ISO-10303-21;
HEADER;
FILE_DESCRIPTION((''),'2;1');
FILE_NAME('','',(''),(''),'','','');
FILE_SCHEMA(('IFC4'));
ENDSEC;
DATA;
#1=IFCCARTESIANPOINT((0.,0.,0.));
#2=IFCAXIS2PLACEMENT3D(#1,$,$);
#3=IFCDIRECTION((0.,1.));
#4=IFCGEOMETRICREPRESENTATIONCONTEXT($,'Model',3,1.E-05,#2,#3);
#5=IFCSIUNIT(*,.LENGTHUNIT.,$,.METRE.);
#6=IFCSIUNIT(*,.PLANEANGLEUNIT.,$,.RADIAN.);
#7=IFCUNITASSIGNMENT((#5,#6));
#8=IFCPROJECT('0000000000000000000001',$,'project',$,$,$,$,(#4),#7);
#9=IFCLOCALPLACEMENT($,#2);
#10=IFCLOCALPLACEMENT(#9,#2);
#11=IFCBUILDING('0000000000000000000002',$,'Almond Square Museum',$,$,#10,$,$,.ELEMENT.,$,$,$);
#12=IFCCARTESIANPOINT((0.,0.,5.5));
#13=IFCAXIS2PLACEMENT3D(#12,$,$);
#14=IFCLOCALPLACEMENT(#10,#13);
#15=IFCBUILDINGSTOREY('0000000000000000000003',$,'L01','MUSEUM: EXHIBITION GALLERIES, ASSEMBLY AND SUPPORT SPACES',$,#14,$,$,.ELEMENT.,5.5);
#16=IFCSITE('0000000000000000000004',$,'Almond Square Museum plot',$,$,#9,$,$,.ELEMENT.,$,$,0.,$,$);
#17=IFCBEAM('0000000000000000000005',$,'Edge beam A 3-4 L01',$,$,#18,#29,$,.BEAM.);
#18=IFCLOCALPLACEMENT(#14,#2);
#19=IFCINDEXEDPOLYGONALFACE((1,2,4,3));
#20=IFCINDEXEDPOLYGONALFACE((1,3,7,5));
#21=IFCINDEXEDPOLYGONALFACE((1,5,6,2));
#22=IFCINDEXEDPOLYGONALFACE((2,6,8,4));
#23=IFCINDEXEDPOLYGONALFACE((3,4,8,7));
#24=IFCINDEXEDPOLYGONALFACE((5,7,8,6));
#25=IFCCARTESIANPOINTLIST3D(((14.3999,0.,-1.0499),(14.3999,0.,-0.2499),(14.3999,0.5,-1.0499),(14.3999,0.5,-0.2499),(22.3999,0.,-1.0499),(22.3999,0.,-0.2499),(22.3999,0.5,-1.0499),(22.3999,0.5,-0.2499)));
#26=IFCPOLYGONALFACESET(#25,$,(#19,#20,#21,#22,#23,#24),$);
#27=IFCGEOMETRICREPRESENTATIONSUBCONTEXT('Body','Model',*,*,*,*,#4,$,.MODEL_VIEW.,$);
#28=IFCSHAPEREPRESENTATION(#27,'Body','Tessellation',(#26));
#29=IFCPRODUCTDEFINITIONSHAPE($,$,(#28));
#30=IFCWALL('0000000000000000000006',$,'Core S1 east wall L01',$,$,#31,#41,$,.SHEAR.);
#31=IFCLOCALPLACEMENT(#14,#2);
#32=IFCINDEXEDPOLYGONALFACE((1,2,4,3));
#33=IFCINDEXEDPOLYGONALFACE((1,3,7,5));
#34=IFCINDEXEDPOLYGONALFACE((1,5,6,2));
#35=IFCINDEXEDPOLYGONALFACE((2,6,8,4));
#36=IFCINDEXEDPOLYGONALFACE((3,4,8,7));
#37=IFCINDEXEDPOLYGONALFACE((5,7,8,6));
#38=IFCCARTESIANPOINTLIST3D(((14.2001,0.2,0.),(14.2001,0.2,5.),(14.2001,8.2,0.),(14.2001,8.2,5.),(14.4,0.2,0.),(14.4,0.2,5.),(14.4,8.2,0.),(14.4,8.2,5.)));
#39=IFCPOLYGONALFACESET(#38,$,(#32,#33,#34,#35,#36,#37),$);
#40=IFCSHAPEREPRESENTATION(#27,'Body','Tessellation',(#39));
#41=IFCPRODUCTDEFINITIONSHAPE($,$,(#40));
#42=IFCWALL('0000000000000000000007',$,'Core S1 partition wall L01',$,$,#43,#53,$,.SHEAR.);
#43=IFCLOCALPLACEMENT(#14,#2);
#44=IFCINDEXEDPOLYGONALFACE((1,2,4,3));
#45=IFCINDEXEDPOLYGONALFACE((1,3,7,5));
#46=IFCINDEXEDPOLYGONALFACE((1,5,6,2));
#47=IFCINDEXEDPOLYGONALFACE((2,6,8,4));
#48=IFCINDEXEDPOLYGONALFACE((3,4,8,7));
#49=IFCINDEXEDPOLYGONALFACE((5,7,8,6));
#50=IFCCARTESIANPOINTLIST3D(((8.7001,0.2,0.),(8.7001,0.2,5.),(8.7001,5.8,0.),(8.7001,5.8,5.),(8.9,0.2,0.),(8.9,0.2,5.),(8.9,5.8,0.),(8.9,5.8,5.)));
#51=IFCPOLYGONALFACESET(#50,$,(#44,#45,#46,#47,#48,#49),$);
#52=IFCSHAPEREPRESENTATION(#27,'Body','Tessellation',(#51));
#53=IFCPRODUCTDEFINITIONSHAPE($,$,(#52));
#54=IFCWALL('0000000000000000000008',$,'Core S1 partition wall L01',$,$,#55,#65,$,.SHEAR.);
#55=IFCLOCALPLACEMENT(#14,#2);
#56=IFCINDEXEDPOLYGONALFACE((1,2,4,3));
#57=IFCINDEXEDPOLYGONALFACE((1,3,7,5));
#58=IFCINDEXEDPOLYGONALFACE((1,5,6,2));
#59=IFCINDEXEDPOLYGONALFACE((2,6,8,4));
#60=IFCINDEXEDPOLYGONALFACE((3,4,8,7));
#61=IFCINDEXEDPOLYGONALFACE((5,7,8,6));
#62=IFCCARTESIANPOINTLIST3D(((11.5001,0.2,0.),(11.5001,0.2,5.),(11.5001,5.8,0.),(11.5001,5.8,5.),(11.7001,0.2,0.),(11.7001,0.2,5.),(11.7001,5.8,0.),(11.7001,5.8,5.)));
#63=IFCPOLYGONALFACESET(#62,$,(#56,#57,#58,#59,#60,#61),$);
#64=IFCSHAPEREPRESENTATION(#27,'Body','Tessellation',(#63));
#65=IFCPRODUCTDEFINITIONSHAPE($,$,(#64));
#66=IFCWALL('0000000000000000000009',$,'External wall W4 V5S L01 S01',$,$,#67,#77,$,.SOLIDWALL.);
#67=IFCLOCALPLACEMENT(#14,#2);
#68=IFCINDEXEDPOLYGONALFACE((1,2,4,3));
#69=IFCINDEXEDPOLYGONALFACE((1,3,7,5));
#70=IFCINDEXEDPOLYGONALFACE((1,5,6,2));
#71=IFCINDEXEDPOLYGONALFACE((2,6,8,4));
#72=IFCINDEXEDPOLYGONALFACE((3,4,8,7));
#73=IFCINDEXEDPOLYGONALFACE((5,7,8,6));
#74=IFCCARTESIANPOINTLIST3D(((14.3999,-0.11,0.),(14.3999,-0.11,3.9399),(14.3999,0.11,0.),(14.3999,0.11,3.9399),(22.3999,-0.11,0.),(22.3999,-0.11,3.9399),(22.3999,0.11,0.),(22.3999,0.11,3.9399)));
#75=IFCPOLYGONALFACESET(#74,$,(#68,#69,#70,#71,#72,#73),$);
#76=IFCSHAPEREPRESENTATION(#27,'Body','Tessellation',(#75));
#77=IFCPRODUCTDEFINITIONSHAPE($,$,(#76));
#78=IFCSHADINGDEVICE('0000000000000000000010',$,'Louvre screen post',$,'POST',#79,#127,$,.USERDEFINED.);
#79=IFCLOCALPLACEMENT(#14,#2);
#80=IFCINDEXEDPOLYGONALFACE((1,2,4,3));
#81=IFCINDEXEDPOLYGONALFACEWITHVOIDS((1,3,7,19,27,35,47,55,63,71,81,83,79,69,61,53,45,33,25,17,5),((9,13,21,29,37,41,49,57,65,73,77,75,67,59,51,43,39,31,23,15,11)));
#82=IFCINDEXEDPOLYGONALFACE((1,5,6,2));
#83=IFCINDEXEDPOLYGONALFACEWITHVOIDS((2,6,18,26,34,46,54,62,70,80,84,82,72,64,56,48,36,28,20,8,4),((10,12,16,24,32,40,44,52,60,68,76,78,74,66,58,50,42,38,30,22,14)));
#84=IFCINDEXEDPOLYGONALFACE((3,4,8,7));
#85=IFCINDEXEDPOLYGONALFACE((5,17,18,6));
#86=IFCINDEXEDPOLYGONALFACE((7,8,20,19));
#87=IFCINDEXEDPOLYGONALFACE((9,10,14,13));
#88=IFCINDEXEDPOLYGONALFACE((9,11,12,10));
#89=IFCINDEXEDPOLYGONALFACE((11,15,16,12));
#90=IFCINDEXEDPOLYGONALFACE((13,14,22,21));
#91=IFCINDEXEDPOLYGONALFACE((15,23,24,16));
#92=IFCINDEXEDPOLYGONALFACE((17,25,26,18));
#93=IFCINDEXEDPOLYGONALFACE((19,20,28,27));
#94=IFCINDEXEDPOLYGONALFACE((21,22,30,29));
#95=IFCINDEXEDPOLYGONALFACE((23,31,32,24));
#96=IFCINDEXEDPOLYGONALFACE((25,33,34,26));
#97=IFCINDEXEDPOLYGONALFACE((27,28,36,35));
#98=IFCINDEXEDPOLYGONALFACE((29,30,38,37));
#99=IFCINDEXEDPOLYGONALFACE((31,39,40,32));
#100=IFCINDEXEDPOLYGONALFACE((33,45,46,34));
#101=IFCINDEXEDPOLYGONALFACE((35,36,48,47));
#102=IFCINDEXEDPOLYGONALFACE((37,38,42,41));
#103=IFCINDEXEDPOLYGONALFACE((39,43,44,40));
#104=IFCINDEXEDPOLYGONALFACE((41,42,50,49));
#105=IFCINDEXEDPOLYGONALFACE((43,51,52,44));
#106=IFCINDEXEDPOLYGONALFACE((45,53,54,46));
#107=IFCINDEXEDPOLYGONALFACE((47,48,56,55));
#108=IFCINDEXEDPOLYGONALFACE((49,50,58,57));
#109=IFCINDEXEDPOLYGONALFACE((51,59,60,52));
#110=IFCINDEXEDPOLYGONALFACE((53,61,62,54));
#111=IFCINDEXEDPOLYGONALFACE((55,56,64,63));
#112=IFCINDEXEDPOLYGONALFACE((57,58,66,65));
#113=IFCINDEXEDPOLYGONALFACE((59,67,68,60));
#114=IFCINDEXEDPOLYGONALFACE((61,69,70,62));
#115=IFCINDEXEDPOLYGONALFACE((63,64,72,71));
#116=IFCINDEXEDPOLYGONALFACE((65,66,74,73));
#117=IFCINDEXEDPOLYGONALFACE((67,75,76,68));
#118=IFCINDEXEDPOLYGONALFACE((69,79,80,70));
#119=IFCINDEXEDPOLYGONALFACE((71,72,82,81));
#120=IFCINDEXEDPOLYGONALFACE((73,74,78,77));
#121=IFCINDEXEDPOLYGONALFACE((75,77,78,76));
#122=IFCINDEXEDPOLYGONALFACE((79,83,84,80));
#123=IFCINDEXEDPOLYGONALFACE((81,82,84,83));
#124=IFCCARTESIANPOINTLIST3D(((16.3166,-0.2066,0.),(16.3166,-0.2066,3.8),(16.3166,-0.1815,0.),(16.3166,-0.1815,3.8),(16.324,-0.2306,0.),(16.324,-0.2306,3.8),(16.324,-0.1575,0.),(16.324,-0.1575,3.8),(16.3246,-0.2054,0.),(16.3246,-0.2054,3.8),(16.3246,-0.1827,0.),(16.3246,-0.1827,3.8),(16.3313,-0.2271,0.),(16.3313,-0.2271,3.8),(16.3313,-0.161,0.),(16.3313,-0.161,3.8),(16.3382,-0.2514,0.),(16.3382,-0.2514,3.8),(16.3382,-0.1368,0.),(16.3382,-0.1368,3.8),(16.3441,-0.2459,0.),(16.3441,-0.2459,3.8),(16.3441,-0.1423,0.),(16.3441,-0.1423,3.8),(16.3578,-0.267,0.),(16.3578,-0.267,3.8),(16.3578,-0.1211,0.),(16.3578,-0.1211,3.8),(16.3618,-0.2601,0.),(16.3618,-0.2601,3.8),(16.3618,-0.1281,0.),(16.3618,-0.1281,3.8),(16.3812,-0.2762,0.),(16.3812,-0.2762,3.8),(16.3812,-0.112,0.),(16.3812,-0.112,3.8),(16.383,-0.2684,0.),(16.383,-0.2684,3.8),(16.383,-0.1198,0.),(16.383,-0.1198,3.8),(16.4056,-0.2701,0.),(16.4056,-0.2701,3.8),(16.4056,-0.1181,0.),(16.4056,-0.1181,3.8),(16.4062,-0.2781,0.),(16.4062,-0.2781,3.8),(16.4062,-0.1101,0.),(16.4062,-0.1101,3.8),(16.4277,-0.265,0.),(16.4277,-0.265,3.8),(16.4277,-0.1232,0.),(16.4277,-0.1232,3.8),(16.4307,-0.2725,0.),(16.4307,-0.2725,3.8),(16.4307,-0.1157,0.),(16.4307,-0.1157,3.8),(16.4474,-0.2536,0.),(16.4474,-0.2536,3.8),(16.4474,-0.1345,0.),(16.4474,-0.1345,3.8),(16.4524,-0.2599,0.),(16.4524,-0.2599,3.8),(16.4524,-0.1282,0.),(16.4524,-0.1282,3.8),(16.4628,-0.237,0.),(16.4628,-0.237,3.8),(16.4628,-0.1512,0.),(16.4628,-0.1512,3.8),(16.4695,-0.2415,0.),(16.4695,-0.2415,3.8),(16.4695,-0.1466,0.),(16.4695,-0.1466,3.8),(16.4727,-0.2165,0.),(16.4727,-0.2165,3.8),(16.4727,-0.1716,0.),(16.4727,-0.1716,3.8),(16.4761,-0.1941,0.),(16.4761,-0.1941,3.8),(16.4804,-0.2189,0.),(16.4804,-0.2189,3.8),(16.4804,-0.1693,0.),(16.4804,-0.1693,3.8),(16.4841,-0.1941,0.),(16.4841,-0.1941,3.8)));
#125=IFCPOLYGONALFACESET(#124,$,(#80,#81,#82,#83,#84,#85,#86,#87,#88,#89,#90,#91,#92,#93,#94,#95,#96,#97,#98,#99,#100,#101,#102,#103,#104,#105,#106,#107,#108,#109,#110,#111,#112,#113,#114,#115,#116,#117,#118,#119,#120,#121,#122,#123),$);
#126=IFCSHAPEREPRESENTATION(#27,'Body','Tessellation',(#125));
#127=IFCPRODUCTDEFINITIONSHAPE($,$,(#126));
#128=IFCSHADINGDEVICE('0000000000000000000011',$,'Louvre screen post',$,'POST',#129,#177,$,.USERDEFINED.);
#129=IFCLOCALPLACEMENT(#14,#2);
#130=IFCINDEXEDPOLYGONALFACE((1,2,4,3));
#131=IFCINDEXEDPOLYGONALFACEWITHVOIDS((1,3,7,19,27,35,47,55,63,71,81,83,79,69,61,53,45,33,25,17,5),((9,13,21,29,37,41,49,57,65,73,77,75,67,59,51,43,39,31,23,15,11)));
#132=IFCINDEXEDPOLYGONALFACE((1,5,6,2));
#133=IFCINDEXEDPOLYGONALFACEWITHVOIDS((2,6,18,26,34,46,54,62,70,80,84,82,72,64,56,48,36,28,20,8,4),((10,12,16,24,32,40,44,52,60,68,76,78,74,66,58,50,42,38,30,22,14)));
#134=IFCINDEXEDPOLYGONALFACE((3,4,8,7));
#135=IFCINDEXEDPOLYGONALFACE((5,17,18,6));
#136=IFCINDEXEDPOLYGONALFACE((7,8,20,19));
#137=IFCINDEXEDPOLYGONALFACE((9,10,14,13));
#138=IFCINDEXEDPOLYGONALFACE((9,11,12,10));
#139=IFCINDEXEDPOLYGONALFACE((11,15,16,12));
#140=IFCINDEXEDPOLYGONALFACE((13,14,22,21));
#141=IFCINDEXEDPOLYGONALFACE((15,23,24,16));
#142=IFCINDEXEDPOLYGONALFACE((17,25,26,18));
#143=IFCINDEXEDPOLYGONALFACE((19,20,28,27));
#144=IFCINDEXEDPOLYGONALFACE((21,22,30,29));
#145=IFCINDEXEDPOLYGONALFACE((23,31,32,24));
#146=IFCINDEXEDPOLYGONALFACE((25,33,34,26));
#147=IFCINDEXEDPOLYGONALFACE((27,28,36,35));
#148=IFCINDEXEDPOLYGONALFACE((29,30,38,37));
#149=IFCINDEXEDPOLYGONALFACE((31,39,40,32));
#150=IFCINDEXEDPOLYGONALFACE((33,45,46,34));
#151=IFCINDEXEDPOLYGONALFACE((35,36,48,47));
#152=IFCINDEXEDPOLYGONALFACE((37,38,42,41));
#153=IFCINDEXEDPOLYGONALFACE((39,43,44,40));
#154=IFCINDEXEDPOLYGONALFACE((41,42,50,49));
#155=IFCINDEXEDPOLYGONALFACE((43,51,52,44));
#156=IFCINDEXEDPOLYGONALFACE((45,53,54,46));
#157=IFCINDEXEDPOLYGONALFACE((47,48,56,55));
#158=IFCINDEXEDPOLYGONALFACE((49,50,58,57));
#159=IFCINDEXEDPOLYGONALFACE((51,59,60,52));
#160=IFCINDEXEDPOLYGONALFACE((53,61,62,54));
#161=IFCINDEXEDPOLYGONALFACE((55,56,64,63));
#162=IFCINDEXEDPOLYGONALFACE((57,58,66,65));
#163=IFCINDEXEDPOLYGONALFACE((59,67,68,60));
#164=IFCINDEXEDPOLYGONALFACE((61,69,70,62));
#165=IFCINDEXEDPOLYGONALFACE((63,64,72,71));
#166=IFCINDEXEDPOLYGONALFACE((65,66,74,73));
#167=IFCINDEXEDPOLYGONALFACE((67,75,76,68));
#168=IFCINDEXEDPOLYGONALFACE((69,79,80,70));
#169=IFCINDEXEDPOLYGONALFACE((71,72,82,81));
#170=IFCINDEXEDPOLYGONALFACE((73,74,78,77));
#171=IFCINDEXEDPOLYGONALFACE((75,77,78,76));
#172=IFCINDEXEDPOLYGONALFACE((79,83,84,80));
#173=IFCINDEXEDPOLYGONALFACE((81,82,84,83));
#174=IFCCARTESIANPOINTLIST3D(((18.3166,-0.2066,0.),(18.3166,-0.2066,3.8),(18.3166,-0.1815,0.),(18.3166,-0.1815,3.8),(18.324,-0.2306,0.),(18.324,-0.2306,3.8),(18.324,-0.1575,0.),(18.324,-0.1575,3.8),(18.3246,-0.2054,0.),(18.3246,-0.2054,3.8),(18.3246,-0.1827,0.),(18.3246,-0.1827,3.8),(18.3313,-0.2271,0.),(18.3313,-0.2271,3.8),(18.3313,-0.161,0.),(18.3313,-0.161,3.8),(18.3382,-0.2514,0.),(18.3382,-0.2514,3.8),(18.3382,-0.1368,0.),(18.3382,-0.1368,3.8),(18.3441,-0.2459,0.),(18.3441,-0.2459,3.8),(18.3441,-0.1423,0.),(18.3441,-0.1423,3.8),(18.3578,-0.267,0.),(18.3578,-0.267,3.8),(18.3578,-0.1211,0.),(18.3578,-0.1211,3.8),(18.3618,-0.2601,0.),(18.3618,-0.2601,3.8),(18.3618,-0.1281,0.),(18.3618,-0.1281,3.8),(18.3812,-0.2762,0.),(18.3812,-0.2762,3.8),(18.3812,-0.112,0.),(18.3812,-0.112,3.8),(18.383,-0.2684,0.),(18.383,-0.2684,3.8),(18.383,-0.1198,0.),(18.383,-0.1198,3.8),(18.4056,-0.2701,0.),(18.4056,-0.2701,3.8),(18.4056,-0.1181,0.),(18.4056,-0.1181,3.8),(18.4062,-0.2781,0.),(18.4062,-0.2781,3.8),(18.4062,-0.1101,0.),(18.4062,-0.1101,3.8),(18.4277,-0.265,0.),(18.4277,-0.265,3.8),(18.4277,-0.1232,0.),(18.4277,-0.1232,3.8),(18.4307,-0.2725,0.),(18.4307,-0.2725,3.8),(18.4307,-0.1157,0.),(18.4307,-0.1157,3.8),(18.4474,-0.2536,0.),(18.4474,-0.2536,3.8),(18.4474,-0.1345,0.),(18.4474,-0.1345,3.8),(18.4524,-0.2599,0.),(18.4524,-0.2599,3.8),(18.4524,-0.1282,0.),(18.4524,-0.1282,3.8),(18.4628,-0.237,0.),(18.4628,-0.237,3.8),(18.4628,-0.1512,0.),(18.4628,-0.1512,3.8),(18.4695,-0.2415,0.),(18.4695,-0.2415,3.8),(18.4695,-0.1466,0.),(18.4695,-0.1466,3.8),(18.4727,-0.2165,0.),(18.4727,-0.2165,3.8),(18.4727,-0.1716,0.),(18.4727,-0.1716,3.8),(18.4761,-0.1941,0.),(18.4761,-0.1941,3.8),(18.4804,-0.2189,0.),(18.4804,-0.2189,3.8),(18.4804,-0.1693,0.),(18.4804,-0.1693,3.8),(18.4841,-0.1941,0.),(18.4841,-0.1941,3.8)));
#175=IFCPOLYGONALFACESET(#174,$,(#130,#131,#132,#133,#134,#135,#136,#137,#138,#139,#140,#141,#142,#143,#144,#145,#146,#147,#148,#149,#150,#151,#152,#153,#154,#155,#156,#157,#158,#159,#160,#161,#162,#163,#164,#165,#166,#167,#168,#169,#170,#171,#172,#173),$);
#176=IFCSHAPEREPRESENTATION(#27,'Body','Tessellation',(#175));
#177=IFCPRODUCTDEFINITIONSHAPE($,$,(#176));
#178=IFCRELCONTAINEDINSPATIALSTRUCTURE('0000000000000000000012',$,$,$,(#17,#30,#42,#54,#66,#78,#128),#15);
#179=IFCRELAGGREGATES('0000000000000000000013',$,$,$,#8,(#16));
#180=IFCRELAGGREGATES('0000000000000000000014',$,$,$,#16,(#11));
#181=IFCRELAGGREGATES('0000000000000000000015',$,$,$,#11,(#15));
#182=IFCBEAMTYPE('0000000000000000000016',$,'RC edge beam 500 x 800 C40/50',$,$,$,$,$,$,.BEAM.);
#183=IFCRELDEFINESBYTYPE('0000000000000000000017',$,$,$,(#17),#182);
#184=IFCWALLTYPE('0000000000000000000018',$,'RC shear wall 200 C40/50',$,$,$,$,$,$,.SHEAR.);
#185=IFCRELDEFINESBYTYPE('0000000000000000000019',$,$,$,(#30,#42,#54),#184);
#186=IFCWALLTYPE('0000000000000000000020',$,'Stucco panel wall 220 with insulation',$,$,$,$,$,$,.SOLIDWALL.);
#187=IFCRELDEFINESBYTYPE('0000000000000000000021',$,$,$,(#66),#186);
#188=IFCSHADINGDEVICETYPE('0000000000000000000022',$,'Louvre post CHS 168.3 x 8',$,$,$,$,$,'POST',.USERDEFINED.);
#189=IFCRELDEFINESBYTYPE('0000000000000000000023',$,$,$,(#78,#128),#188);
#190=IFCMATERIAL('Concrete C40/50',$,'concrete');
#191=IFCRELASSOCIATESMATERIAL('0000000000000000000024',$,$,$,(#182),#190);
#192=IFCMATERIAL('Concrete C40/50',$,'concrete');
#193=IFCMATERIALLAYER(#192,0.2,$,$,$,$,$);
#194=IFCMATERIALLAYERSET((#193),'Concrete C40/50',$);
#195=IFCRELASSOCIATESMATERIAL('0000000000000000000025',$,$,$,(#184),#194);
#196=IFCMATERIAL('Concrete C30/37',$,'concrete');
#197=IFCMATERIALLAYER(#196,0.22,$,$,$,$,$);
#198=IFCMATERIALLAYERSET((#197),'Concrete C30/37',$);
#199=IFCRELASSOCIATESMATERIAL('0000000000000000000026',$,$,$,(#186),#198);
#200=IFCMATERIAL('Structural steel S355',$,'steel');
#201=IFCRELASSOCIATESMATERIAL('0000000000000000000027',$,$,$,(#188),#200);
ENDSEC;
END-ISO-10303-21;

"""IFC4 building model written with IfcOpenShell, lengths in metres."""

from ifc_helpers import new_model, si_unit, direction, frame, frame_2d, origin, origin_2d, place, context, subcontext, project, spatial, rectangle, hollow_circle, extrude, material, layer, layer_set, material_profile, profile_set, type_object, element, save


model = new_model("IFC4")

# Units and contexts
model_context = context("Model", 3, precision=1e-05, world=origin(), true_north=direction((0.0, 1.0)))
body_context = subcontext(model_context, "Body", "Model", "MODEL_VIEW")
ifc_project = project(units=[si_unit("LENGTHUNIT", "METRE"), si_unit("PLANEANGLEUNIT", "RADIAN")], contexts=[model_context])

# Site, building, storey
site_placement = place(None, origin())
site = spatial("IfcSite", under=ifc_project, at=site_placement, Name="Almond Square Museum plot", CompositionType="ELEMENT", RefElevation=0.0)
building_placement = place(site_placement, origin())
building = spatial("IfcBuilding", under=site, at=building_placement, Name="Almond Square Museum", CompositionType="ELEMENT")
storey_placement = place(building_placement, frame((0.0, 0.0, 5.5)))
storey = spatial("IfcBuildingStorey", under=building, at=storey_placement, Name="L01", Description="MUSEUM: EXHIBITION GALLERIES, ASSEMBLY AND SUPPORT SPACES", CompositionType="ELEMENT", Elevation=5.5)

# Beam
ifc_material_1 = material(Name="Concrete C40/50", Category="concrete")
ifc_material_profile_1 = material_profile(ifc_material_1, rectangle(XDim=0.5, YDim=0.8, at=origin_2d()))
ifc_profile_set_1 = profile_set([ifc_material_profile_1], Name="Concrete C40/50")
beam_type = type_object("IfcBeamType", Name="RC edge beam 500 x 800 C40/50", PredefinedType="BEAM", material=ifc_profile_set_1)
beam_placement = place(storey_placement, frame((14.3999, 0.25, -0.6499), z_axis=(1.0, 0.0, 0.0), x_axis=(0.0, 1.0, 0.0)))
element("IfcBeam", 1, at=beam_placement, inside=storey, type_object=beam_type, Name="Edge beam A 3-4 L01", PredefinedType="BEAM", context=body_context, shape_type="SweptSolid", body=[
    extrude(rectangle(XDim=0.5, YDim=0.8, at=origin_2d()), origin(), (0.0, 0.0, 1.0), 8.0),
])

# Walls
ifc_material_2 = material(Name="Concrete C40/50", Category="concrete")
ifc_layer_1 = layer(ifc_material_2, 0.2)
ifc_layer_set_1 = layer_set([ifc_layer_1], Name="Concrete C40/50")
wall_type_1 = type_object("IfcWallType", Name="RC shear wall 200 C40/50", PredefinedType="SHEAR", material=ifc_layer_set_1)
wall_1_placement = place(storey_placement, frame((14.3, 0.2, 0.0), z_axis=(0.0, 0.0, 1.0), x_axis=(0.0, 1.0, 0.0)))
element("IfcWall", 2, at=wall_1_placement, inside=storey, type_object=wall_type_1, Name="Core S1 east wall L01", PredefinedType="SHEAR", context=body_context, shape_type="SweptSolid", body=[
    extrude(rectangle(XDim=8.0, YDim=0.2, at=frame_2d((4.0, 0.0))), origin(), (0.0, 0.0, 1.0), 5.0),
])
for number, where, z_axis, x_axis, name in (
    (3, (8.8, 0.2, 0.0), (0.0, 0.0, 1.0), (0.0, 1.0, 0.0), "Core S1 partition wall L01"),
    (4, (11.6001, 0.2, 0.0), (0.0, 0.0, 1.0), (0.0, 1.0, 0.0), "Core S1 partition wall L01"),
):
    element("IfcWall", number, at=place(storey_placement, frame(where, z_axis=z_axis, x_axis=x_axis)), inside=storey, type_object=wall_type_1, Name=name, PredefinedType="SHEAR", context=body_context, shape_type="SweptSolid", body=[
        extrude(rectangle(XDim=5.6001, YDim=0.2, at=frame_2d((2.8, 0.0))), origin(), (0.0, 0.0, 1.0), 5.0),
    ])
ifc_material_3 = material(Name="Concrete C30/37", Category="concrete")
ifc_layer_2 = layer(ifc_material_3, 0.22)
ifc_layer_set_2 = layer_set([ifc_layer_2], Name="Concrete C30/37")
wall_type_2 = type_object("IfcWallType", Name="Stucco panel wall 220 with insulation", PredefinedType="SOLIDWALL", material=ifc_layer_set_2)
wall_2_placement = place(storey_placement, frame((14.3999, 0.0, 0.0), z_axis=(0.0, 0.0, 1.0), x_axis=(1.0, 0.0, 0.0)))
element("IfcWall", 5, at=wall_2_placement, inside=storey, type_object=wall_type_2, Name="External wall W4 V5S L01 S01", PredefinedType="SOLIDWALL", context=body_context, shape_type="SweptSolid", body=[
    extrude(rectangle(XDim=8.0, YDim=0.22, at=frame_2d((4.0, 0.0))), origin(), (0.0, 0.0, 1.0), 3.9399),
])

# Shading devices
ifc_material_4 = material(Name="Structural steel S355", Category="steel")
ifc_material_profile_2 = material_profile(ifc_material_4, hollow_circle(Radius=0.0842, WallThickness=0.0081, at=origin_2d()))
ifc_profile_set_2 = profile_set([ifc_material_profile_2], Name="Structural steel S355")
shading_device_type = type_object("IfcShadingDeviceType", Name="Louvre post CHS 168.3 x 8", ElementType="POST", PredefinedType="USERDEFINED", material=ifc_profile_set_2)
for number, where, z_axis, x_axis, name in (
    (6, (16.3999, -0.1941, 0.0), (0.0, 0.0, 1.0), (1.0, 0.0, 0.0), "Louvre screen post"),
    (7, (18.3999, -0.1941, 0.0), (0.0, 0.0, 1.0), (1.0, 0.0, 0.0), "Louvre screen post"),
):
    element("IfcShadingDevice", number, at=place(storey_placement, frame(where, z_axis=z_axis, x_axis=x_axis)), inside=storey, type_object=shading_device_type, Name=name, ObjectType="POST", PredefinedType="USERDEFINED", context=body_context, shape_type="SweptSolid", body=[
        extrude(hollow_circle(Radius=0.0842, WallThickness=0.0081, at=origin_2d()), origin(), (0.0, 0.0, 1.0), 3.8),
    ])

save(model, "model.ifc")
